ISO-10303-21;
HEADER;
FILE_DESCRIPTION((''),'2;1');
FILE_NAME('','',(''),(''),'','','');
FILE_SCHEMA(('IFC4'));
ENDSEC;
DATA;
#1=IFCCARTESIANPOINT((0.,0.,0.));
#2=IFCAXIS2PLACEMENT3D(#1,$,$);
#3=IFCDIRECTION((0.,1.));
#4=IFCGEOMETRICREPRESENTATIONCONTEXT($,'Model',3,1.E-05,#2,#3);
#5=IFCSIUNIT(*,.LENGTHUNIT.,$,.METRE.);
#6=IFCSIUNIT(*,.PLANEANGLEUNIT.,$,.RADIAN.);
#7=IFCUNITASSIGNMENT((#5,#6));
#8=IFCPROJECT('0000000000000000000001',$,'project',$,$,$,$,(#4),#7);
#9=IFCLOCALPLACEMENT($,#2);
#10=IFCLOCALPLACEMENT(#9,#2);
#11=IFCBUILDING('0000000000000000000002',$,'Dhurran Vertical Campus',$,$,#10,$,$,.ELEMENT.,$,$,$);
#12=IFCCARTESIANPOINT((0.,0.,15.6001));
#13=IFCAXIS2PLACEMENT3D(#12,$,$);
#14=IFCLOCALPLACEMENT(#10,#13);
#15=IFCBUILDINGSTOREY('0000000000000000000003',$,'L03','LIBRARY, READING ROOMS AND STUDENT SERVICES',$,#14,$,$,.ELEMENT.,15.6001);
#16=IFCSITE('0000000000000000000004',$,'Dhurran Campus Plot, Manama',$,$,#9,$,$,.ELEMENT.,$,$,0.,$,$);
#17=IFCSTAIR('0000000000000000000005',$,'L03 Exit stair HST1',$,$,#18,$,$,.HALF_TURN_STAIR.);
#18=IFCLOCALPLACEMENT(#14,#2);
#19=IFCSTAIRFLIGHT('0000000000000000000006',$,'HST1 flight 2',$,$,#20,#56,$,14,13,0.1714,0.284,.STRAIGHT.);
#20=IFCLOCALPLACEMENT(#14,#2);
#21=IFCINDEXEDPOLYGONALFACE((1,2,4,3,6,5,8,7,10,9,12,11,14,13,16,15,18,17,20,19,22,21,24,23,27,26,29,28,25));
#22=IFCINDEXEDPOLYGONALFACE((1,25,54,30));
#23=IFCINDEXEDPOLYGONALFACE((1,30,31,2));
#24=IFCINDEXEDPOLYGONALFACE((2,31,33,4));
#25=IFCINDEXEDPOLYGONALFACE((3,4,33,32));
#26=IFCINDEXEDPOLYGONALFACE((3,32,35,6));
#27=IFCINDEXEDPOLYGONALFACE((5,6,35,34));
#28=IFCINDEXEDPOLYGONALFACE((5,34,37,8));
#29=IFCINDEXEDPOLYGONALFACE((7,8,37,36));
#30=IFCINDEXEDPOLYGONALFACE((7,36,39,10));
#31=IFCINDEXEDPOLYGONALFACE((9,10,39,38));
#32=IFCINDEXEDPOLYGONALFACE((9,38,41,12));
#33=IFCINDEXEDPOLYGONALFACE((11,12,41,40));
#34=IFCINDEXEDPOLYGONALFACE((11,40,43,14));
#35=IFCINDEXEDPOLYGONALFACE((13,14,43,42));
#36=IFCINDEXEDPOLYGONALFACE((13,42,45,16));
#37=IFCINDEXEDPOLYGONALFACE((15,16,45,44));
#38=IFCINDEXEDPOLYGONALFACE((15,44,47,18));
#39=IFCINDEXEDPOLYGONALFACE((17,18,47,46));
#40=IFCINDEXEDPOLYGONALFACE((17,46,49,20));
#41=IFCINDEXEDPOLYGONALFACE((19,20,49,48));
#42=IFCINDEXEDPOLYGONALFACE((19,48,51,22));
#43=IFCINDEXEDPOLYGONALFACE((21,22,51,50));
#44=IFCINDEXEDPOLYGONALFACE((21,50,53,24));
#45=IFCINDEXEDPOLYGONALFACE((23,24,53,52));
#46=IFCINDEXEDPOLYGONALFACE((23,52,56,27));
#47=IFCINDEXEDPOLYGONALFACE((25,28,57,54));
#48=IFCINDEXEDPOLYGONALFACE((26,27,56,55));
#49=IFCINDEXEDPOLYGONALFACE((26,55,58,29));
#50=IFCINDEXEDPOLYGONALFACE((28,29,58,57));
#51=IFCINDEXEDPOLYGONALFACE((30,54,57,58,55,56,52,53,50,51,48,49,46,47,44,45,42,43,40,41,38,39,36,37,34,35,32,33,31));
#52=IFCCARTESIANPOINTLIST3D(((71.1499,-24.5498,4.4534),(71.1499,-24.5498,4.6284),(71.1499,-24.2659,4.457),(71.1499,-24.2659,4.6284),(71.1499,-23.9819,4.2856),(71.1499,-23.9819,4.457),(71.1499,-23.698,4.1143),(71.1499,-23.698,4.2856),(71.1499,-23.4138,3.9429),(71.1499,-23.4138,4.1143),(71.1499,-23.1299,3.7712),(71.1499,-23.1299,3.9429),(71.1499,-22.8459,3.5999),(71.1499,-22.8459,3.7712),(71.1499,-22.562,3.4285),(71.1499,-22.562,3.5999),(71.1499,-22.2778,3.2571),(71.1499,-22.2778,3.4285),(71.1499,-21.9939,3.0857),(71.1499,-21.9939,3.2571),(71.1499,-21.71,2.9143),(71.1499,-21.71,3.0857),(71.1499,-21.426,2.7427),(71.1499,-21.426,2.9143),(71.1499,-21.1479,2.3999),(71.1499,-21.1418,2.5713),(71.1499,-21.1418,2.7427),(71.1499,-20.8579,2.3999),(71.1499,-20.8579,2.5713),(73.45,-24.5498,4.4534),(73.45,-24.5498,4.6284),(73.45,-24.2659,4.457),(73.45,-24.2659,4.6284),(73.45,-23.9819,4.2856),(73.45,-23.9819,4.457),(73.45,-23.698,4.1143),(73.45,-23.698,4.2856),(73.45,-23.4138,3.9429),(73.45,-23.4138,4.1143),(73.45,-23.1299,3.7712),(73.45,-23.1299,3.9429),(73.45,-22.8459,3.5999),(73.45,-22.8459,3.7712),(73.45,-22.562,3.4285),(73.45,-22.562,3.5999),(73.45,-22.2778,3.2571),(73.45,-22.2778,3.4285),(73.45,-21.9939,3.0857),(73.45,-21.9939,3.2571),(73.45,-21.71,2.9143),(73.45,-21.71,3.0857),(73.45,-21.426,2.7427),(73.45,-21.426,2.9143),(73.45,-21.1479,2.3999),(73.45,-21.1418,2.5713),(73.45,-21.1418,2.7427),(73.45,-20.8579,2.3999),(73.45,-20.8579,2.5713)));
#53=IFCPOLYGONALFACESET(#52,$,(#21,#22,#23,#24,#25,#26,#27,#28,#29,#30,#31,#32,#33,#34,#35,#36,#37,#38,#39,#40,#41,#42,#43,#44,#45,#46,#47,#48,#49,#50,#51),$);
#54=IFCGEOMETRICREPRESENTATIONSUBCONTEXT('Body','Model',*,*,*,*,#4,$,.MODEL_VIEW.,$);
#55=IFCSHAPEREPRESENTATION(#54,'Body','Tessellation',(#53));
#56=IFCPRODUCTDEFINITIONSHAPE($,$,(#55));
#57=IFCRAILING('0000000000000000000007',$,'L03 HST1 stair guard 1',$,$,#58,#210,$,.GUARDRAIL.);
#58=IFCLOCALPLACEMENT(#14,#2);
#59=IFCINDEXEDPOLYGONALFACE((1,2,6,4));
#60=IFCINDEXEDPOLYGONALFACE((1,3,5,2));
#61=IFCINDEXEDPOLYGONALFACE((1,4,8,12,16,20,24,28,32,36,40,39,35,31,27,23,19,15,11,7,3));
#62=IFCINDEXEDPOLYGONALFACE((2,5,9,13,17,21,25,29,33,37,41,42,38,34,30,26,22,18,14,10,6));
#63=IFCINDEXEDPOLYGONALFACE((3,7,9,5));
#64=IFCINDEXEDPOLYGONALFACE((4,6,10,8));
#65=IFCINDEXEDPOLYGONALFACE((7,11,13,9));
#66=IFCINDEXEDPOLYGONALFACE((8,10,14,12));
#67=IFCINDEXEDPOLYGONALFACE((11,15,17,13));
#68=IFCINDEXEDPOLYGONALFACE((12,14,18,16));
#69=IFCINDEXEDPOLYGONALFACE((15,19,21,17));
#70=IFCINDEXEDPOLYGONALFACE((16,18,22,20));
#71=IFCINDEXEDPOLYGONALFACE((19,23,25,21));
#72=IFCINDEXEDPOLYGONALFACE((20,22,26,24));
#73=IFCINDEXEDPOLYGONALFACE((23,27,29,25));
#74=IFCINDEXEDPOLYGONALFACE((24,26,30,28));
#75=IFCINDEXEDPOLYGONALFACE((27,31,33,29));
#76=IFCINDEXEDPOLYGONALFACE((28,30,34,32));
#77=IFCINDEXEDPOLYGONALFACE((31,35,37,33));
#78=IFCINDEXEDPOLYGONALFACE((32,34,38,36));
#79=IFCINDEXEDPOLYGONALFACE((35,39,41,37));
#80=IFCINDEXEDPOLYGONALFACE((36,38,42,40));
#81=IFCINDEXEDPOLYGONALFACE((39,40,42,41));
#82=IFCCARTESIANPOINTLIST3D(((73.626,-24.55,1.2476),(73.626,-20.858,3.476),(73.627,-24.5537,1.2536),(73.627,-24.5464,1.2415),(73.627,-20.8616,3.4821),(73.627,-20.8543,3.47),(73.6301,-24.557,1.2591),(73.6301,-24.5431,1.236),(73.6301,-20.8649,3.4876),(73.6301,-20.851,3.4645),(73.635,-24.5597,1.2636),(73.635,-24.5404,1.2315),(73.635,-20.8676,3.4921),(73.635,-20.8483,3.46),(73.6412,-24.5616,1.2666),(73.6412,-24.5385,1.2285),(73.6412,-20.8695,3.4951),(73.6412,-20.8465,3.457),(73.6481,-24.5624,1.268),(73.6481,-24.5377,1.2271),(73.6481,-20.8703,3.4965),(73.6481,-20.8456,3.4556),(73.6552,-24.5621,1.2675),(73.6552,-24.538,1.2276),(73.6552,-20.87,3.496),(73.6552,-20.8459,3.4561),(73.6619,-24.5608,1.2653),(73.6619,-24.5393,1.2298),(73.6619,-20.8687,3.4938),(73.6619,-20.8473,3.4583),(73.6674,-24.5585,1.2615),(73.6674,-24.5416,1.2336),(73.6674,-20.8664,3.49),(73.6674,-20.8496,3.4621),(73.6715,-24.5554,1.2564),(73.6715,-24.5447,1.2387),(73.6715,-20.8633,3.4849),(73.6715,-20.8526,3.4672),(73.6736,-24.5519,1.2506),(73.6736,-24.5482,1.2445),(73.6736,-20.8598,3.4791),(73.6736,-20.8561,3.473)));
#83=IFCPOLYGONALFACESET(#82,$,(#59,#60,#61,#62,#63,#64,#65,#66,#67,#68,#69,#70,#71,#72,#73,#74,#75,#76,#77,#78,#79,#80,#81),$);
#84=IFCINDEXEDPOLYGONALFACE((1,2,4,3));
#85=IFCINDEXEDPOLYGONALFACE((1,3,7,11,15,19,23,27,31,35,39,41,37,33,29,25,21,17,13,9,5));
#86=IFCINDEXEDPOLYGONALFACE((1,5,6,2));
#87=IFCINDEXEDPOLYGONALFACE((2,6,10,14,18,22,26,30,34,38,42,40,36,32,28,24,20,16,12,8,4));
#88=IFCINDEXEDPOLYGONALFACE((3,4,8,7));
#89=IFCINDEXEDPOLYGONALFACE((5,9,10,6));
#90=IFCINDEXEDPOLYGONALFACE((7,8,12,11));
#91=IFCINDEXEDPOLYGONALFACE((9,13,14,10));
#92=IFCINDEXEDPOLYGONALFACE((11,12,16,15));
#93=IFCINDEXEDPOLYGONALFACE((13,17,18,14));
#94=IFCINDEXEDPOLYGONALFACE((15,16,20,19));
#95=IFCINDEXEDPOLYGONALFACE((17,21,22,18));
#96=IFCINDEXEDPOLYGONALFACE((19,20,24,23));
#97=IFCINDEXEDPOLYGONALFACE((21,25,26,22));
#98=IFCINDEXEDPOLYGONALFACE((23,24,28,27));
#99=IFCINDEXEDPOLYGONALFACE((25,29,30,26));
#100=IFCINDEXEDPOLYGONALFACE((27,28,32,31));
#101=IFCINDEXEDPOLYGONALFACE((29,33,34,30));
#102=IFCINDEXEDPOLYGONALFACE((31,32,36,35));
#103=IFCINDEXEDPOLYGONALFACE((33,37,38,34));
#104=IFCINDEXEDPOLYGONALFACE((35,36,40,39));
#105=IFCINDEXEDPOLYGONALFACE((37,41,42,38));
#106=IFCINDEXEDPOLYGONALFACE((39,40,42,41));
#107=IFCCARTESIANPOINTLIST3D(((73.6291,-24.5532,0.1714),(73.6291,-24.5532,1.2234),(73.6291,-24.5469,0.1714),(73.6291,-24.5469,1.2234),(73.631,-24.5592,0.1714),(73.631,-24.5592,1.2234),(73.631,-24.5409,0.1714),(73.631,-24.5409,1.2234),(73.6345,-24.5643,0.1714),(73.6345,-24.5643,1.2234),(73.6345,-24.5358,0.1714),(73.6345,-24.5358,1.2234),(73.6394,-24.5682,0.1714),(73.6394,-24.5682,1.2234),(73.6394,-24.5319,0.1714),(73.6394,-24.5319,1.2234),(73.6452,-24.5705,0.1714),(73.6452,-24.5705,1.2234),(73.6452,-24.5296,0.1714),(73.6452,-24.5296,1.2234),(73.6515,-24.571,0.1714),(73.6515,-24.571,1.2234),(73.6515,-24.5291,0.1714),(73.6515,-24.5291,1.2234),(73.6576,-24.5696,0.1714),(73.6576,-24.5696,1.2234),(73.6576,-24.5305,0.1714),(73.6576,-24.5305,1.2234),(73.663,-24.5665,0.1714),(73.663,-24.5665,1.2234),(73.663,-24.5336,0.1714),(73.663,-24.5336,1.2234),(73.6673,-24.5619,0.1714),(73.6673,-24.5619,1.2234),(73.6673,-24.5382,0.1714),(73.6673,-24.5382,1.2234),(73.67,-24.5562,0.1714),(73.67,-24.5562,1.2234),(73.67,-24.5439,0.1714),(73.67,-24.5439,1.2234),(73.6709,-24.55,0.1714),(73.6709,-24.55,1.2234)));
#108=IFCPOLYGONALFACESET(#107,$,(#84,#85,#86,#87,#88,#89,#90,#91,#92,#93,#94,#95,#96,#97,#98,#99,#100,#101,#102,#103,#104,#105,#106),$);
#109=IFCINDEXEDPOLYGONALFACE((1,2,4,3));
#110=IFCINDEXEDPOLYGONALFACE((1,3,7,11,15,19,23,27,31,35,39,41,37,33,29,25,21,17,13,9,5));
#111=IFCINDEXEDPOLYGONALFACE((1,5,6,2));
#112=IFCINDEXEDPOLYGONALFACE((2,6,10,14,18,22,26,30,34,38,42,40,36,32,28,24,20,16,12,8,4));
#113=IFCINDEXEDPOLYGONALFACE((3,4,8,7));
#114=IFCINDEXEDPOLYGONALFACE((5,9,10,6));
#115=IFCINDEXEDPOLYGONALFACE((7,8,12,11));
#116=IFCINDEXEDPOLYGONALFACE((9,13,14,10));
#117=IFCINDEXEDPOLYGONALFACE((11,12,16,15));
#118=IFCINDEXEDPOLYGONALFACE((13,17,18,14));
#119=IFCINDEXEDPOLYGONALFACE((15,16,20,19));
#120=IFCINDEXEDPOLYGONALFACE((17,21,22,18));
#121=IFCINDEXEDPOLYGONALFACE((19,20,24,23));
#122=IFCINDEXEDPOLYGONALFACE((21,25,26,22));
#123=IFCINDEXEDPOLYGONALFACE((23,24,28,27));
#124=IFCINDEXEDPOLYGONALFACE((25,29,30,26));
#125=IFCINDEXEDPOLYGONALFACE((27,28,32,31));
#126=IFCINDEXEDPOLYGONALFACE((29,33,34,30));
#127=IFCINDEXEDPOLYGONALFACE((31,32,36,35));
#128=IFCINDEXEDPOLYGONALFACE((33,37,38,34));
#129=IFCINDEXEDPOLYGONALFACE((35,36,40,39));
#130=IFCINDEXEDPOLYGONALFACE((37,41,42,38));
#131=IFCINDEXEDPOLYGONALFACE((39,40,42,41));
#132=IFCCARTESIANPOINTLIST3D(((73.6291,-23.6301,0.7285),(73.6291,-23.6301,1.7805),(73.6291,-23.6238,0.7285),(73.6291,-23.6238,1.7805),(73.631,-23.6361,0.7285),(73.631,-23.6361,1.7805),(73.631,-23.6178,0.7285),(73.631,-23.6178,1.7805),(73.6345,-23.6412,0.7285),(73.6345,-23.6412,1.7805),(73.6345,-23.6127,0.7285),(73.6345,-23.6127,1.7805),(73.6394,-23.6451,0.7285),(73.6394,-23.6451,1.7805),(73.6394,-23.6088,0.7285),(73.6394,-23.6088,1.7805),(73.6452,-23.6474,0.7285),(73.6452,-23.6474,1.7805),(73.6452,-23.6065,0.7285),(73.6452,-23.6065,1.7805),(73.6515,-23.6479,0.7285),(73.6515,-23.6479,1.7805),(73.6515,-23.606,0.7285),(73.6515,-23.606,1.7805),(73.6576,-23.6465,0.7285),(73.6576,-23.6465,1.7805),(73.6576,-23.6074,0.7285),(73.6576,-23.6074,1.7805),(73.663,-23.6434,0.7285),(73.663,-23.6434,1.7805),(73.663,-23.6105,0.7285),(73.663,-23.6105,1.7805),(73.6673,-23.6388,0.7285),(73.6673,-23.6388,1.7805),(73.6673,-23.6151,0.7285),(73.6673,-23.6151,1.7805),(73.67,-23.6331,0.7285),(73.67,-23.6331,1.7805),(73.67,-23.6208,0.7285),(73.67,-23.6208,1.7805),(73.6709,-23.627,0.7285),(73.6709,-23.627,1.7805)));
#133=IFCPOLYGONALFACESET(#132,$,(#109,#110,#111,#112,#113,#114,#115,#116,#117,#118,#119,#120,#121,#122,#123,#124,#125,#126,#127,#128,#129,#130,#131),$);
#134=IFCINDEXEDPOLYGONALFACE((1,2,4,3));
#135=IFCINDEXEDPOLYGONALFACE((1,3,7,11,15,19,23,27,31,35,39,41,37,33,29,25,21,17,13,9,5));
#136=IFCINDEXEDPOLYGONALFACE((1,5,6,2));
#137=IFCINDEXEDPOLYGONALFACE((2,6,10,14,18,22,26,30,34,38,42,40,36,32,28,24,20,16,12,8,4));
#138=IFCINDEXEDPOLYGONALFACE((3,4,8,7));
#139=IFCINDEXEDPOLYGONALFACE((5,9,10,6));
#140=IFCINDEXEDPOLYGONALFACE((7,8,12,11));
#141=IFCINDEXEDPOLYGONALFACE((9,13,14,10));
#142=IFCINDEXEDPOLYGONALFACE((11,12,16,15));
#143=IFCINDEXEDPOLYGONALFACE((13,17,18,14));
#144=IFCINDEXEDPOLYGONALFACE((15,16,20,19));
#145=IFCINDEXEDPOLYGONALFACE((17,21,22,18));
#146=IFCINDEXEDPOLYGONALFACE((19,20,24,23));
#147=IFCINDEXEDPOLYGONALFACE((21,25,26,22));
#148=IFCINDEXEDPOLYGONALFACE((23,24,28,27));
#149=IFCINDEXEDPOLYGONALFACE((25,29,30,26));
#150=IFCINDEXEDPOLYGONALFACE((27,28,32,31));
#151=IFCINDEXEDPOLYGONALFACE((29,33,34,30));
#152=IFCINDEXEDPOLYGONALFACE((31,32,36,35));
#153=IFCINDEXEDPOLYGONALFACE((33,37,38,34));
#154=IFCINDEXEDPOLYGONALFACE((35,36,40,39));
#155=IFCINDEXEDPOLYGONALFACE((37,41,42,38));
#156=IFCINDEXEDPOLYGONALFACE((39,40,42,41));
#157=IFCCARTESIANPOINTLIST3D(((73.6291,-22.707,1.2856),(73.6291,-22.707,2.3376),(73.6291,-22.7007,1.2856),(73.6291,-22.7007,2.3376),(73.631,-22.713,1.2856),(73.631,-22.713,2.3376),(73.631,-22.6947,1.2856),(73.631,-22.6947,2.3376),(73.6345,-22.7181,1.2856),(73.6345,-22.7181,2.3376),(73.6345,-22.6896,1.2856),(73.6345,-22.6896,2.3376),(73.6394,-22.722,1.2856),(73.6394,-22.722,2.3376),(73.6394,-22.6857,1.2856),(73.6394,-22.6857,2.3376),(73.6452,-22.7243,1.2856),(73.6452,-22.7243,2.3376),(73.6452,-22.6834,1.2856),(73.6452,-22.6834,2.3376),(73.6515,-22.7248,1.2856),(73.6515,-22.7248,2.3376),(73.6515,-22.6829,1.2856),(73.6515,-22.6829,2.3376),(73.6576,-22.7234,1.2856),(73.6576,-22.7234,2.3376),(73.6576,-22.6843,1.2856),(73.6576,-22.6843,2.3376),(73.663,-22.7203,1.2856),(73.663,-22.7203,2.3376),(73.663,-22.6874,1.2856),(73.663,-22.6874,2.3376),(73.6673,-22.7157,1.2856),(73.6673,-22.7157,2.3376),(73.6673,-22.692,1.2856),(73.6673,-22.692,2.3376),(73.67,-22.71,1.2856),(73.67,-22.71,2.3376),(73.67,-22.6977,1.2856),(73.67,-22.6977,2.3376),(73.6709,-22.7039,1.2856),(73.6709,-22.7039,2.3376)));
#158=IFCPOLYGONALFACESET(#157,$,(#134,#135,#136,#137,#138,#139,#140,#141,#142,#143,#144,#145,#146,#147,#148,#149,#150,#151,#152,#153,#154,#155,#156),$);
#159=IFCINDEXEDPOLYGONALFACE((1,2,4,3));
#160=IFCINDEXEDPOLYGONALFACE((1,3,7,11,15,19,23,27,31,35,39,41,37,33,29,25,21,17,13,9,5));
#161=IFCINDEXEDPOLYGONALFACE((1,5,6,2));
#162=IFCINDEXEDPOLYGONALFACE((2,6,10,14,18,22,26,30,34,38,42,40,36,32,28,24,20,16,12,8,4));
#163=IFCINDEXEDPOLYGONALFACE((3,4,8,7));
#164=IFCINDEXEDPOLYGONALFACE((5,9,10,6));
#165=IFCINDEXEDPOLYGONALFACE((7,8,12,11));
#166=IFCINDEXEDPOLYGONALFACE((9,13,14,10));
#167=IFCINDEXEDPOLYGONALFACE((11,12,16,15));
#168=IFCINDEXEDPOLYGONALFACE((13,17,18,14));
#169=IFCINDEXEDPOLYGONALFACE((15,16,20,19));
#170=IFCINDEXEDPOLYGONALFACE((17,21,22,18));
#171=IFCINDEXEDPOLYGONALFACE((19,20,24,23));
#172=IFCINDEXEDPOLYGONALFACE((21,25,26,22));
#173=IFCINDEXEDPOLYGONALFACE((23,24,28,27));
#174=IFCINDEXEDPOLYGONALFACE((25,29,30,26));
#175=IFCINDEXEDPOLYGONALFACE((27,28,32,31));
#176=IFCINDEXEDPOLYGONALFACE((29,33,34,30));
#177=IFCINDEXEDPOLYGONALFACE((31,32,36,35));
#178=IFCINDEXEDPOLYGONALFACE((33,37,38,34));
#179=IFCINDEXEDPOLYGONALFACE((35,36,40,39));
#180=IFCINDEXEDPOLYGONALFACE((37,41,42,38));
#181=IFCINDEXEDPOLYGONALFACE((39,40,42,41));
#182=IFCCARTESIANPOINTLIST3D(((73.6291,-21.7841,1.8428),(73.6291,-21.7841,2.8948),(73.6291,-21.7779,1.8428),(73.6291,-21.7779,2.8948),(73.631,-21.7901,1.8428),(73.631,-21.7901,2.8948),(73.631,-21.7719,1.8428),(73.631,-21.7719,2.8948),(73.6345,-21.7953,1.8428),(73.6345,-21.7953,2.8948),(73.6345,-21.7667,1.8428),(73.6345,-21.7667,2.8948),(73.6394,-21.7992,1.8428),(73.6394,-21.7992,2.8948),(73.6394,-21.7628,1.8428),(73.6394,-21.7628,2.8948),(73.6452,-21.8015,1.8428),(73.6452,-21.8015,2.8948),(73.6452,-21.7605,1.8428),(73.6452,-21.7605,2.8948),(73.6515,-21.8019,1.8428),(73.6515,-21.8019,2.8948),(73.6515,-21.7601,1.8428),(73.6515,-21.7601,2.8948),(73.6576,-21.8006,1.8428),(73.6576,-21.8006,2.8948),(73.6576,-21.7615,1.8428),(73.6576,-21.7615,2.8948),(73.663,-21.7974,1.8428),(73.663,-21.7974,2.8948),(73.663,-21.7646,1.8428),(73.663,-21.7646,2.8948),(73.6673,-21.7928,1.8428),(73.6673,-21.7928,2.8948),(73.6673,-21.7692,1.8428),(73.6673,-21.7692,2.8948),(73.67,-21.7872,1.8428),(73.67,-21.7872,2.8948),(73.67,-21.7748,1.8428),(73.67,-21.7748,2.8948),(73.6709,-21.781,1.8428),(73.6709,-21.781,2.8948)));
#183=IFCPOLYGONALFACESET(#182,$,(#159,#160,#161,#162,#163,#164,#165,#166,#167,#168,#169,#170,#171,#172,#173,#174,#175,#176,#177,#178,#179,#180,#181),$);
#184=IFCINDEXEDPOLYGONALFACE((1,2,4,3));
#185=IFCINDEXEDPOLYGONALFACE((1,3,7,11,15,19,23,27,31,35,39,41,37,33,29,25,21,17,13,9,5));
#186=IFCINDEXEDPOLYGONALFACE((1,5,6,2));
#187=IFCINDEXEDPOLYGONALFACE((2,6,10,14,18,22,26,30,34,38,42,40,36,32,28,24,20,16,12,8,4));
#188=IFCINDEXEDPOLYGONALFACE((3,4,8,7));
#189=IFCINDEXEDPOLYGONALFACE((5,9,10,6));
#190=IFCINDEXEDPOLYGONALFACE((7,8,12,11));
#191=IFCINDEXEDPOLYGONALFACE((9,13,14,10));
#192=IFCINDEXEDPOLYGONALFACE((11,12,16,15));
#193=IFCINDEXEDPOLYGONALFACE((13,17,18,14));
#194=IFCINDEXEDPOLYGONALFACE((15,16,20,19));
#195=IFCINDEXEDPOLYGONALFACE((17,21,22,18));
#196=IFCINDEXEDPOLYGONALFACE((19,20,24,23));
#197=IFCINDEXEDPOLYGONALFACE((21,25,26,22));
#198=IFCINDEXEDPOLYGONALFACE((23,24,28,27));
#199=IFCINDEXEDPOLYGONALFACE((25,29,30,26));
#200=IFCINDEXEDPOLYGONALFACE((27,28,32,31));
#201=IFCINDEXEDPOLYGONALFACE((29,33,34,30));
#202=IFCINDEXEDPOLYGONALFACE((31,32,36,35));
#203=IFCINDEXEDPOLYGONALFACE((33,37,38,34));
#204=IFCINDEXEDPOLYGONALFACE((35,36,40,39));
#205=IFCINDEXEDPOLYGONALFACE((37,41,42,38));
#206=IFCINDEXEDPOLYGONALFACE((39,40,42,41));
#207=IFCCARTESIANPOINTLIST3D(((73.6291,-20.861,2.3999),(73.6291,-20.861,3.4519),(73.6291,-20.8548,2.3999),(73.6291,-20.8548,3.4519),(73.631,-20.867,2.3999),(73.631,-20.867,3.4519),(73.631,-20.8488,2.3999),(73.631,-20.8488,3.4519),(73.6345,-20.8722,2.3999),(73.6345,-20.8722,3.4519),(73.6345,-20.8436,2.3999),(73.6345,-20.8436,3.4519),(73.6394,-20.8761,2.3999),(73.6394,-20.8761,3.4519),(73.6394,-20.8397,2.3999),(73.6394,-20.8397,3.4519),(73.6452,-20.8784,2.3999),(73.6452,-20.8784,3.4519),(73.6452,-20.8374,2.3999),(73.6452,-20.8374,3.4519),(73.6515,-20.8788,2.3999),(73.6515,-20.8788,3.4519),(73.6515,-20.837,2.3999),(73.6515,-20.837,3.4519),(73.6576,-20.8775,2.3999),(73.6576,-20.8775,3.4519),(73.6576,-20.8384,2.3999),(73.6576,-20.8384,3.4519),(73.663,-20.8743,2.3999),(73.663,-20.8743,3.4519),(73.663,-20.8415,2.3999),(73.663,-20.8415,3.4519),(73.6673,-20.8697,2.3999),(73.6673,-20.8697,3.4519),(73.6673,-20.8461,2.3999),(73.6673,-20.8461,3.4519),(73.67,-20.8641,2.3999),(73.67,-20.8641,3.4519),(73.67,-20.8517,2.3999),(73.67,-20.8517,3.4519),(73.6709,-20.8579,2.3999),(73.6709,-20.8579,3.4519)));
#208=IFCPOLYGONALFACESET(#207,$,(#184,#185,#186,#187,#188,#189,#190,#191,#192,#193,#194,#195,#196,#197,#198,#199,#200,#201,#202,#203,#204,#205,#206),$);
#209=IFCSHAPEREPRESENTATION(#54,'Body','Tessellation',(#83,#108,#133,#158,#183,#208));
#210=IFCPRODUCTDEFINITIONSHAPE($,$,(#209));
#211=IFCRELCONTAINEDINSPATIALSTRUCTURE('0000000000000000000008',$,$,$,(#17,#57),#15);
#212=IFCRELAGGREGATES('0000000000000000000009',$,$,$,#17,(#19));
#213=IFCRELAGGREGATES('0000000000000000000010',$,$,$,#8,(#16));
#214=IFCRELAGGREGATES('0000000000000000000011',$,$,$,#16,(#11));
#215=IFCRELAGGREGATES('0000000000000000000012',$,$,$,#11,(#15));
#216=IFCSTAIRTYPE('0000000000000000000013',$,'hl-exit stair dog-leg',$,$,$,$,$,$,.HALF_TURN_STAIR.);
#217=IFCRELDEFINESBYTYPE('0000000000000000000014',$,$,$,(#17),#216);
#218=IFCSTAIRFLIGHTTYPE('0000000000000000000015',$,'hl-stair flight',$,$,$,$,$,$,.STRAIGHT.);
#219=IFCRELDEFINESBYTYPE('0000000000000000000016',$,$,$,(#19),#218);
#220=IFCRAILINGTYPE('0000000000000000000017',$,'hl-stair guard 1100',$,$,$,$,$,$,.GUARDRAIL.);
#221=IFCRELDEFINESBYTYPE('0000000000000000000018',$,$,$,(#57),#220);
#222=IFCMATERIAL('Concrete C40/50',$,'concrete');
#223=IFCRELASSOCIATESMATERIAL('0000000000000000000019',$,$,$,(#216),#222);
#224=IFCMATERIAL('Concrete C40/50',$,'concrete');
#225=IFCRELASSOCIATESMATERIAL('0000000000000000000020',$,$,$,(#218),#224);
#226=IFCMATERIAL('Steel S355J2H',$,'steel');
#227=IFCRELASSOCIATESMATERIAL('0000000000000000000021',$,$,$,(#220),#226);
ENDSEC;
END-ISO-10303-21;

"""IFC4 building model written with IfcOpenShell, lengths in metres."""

from ifc_helpers import new_model, si_unit, direction, frame, origin, origin_2d, place, context, subcontext, project, spatial, polyline, circle, outline, extrude, material, type_object, element, aggregate, save


model = new_model("IFC4")

# Units and contexts
model_context = context("Model", 3, precision=1e-05, world=origin(), true_north=direction((0.0, 1.0)))
body_context = subcontext(model_context, "Body", "Model", "MODEL_VIEW")
ifc_project = project(units=[si_unit("LENGTHUNIT", "METRE"), si_unit("PLANEANGLEUNIT", "RADIAN")], contexts=[model_context])

# Site, building, storey
site_placement = place(None, origin())
site = spatial("IfcSite", under=ifc_project, at=site_placement, Name="Dhurran Campus Plot, Manama", CompositionType="ELEMENT", RefElevation=0.0)
building_placement = place(site_placement, origin())
building = spatial("IfcBuilding", under=site, at=building_placement, Name="Dhurran Vertical Campus", CompositionType="ELEMENT")
storey_placement = place(building_placement, frame((0.0, 0.0, 15.6001)))
storey = spatial("IfcBuildingStorey", under=building, at=storey_placement, Name="L03", Description="LIBRARY, READING ROOMS AND STUDENT SERVICES", CompositionType="ELEMENT", Elevation=15.6001)

# Stair, stair flight
ifc_material_1 = material(Name="Concrete C40/50", Category="concrete")
stair_type = type_object("IfcStairType", Name="hl-exit stair dog-leg", PredefinedType="HALF_TURN_STAIR", material=ifc_material_1)
stair_placement = place(storey_placement, origin())
stair = element("IfcStair", 1, at=stair_placement, inside=storey, type_object=stair_type, Name="L03 Exit stair HST1", PredefinedType="HALF_TURN_STAIR")
ifc_material_2 = material(Name="Concrete C40/50", Category="concrete")
stair_flight_type = type_object("IfcStairFlightType", Name="hl-stair flight", PredefinedType="STRAIGHT", material=ifc_material_2)
stair_flight_1_placement = place(storey_placement, frame((72.3, -20.8579, 2.3999), z_axis=(0.0, 0.0, 1.0), x_axis=(0.0, -1.0, 0.0)))
stair_flight_1 = element("IfcStairFlight", 2, at=stair_flight_1_placement, type_object=stair_flight_type, Name="HST1 flight 2", NumberOfRisers=14, NumberOfTreads=13, PredefinedType="STRAIGHT", RiserHeight=0.1714, TreadLength=0.284, context=body_context, shape_type="SweptSolid", body=[
    extrude(outline(polyline([(0.0, 0.0), (0.0, 0.1714), (0.2839, 0.1714), (0.2839, 0.3428), (0.5681, 0.3428), (0.5681, 0.5144), (0.8521, 0.5144), (0.8521, 0.6858), (1.136, 0.6858), (1.136, 0.8572), (1.4199, 0.8572), (1.4199, 1.0286), (1.7041, 1.0286), (1.7041, 1.2), (1.988, 1.2), (1.988, 1.3713), (2.272, 1.3713), (2.272, 1.543), (2.5559, 1.543), (2.5559, 1.7144), (2.8401, 1.7144), (2.8401, 1.8857), (3.124, 1.8857), (3.124, 2.0571), (3.408, 2.0571), (3.408, 2.2285), (3.6919, 2.2285), (3.6919, 2.3999), (3.6919, 2.0535), (0.29, 0.0), (0.0, 0.0)])), frame((0.0, 1.1499, 0.0), z_axis=(0.0, -1.0, 0.0), x_axis=(1.0, 0.0, 0.0)), (0.0, 0.0, 1.0), 2.3),
])
aggregate(stair, [stair_flight_1])

# Railing
ifc_material_3 = material(Name="Steel S355J2H", Category="steel")
railing_type_1 = type_object("IfcRailingType", Name="hl-stair guard 1100", PredefinedType="GUARDRAIL", material=ifc_material_3)
railing_1_placement = place(storey_placement, frame((73.6499, -24.55, 0.1714)))
element("IfcRailing", 3, at=railing_1_placement, inside=storey, type_object=railing_type_1, Name="L03 HST1 stair guard 1", PredefinedType="GUARDRAIL", context=body_context, shape_type="SweptSolid", body=[
    extrude(circle(Radius=0.0239, at=origin_2d()), frame((0.0, 0.0, 1.0762), z_axis=(0.0, 0.856136, 0.51675), x_axis=(-1.0, 0.0, 0.0)), (0.0, 0.0, 1.0), 4.3125),
    extrude(circle(Radius=0.021, at=origin_2d()), origin(), (0.0, 0.0, 1.0), 1.052),
    extrude(circle(Radius=0.021, at=origin_2d()), frame((0.0, 0.9231, 0.5571)), (0.0, 0.0, 1.0), 1.052),
    extrude(circle(Radius=0.021, at=origin_2d()), frame((0.0, 1.8462, 1.1143)), (0.0, 0.0, 1.0), 1.052),
    extrude(circle(Radius=0.021, at=origin_2d()), frame((0.0, 2.769, 1.6714)), (0.0, 0.0, 1.0), 1.052),
    extrude(circle(Radius=0.021, at=origin_2d()), frame((0.0, 3.6921, 2.2285)), (0.0, 0.0, 1.0), 1.052),
])

save(model, "model.ifc")
